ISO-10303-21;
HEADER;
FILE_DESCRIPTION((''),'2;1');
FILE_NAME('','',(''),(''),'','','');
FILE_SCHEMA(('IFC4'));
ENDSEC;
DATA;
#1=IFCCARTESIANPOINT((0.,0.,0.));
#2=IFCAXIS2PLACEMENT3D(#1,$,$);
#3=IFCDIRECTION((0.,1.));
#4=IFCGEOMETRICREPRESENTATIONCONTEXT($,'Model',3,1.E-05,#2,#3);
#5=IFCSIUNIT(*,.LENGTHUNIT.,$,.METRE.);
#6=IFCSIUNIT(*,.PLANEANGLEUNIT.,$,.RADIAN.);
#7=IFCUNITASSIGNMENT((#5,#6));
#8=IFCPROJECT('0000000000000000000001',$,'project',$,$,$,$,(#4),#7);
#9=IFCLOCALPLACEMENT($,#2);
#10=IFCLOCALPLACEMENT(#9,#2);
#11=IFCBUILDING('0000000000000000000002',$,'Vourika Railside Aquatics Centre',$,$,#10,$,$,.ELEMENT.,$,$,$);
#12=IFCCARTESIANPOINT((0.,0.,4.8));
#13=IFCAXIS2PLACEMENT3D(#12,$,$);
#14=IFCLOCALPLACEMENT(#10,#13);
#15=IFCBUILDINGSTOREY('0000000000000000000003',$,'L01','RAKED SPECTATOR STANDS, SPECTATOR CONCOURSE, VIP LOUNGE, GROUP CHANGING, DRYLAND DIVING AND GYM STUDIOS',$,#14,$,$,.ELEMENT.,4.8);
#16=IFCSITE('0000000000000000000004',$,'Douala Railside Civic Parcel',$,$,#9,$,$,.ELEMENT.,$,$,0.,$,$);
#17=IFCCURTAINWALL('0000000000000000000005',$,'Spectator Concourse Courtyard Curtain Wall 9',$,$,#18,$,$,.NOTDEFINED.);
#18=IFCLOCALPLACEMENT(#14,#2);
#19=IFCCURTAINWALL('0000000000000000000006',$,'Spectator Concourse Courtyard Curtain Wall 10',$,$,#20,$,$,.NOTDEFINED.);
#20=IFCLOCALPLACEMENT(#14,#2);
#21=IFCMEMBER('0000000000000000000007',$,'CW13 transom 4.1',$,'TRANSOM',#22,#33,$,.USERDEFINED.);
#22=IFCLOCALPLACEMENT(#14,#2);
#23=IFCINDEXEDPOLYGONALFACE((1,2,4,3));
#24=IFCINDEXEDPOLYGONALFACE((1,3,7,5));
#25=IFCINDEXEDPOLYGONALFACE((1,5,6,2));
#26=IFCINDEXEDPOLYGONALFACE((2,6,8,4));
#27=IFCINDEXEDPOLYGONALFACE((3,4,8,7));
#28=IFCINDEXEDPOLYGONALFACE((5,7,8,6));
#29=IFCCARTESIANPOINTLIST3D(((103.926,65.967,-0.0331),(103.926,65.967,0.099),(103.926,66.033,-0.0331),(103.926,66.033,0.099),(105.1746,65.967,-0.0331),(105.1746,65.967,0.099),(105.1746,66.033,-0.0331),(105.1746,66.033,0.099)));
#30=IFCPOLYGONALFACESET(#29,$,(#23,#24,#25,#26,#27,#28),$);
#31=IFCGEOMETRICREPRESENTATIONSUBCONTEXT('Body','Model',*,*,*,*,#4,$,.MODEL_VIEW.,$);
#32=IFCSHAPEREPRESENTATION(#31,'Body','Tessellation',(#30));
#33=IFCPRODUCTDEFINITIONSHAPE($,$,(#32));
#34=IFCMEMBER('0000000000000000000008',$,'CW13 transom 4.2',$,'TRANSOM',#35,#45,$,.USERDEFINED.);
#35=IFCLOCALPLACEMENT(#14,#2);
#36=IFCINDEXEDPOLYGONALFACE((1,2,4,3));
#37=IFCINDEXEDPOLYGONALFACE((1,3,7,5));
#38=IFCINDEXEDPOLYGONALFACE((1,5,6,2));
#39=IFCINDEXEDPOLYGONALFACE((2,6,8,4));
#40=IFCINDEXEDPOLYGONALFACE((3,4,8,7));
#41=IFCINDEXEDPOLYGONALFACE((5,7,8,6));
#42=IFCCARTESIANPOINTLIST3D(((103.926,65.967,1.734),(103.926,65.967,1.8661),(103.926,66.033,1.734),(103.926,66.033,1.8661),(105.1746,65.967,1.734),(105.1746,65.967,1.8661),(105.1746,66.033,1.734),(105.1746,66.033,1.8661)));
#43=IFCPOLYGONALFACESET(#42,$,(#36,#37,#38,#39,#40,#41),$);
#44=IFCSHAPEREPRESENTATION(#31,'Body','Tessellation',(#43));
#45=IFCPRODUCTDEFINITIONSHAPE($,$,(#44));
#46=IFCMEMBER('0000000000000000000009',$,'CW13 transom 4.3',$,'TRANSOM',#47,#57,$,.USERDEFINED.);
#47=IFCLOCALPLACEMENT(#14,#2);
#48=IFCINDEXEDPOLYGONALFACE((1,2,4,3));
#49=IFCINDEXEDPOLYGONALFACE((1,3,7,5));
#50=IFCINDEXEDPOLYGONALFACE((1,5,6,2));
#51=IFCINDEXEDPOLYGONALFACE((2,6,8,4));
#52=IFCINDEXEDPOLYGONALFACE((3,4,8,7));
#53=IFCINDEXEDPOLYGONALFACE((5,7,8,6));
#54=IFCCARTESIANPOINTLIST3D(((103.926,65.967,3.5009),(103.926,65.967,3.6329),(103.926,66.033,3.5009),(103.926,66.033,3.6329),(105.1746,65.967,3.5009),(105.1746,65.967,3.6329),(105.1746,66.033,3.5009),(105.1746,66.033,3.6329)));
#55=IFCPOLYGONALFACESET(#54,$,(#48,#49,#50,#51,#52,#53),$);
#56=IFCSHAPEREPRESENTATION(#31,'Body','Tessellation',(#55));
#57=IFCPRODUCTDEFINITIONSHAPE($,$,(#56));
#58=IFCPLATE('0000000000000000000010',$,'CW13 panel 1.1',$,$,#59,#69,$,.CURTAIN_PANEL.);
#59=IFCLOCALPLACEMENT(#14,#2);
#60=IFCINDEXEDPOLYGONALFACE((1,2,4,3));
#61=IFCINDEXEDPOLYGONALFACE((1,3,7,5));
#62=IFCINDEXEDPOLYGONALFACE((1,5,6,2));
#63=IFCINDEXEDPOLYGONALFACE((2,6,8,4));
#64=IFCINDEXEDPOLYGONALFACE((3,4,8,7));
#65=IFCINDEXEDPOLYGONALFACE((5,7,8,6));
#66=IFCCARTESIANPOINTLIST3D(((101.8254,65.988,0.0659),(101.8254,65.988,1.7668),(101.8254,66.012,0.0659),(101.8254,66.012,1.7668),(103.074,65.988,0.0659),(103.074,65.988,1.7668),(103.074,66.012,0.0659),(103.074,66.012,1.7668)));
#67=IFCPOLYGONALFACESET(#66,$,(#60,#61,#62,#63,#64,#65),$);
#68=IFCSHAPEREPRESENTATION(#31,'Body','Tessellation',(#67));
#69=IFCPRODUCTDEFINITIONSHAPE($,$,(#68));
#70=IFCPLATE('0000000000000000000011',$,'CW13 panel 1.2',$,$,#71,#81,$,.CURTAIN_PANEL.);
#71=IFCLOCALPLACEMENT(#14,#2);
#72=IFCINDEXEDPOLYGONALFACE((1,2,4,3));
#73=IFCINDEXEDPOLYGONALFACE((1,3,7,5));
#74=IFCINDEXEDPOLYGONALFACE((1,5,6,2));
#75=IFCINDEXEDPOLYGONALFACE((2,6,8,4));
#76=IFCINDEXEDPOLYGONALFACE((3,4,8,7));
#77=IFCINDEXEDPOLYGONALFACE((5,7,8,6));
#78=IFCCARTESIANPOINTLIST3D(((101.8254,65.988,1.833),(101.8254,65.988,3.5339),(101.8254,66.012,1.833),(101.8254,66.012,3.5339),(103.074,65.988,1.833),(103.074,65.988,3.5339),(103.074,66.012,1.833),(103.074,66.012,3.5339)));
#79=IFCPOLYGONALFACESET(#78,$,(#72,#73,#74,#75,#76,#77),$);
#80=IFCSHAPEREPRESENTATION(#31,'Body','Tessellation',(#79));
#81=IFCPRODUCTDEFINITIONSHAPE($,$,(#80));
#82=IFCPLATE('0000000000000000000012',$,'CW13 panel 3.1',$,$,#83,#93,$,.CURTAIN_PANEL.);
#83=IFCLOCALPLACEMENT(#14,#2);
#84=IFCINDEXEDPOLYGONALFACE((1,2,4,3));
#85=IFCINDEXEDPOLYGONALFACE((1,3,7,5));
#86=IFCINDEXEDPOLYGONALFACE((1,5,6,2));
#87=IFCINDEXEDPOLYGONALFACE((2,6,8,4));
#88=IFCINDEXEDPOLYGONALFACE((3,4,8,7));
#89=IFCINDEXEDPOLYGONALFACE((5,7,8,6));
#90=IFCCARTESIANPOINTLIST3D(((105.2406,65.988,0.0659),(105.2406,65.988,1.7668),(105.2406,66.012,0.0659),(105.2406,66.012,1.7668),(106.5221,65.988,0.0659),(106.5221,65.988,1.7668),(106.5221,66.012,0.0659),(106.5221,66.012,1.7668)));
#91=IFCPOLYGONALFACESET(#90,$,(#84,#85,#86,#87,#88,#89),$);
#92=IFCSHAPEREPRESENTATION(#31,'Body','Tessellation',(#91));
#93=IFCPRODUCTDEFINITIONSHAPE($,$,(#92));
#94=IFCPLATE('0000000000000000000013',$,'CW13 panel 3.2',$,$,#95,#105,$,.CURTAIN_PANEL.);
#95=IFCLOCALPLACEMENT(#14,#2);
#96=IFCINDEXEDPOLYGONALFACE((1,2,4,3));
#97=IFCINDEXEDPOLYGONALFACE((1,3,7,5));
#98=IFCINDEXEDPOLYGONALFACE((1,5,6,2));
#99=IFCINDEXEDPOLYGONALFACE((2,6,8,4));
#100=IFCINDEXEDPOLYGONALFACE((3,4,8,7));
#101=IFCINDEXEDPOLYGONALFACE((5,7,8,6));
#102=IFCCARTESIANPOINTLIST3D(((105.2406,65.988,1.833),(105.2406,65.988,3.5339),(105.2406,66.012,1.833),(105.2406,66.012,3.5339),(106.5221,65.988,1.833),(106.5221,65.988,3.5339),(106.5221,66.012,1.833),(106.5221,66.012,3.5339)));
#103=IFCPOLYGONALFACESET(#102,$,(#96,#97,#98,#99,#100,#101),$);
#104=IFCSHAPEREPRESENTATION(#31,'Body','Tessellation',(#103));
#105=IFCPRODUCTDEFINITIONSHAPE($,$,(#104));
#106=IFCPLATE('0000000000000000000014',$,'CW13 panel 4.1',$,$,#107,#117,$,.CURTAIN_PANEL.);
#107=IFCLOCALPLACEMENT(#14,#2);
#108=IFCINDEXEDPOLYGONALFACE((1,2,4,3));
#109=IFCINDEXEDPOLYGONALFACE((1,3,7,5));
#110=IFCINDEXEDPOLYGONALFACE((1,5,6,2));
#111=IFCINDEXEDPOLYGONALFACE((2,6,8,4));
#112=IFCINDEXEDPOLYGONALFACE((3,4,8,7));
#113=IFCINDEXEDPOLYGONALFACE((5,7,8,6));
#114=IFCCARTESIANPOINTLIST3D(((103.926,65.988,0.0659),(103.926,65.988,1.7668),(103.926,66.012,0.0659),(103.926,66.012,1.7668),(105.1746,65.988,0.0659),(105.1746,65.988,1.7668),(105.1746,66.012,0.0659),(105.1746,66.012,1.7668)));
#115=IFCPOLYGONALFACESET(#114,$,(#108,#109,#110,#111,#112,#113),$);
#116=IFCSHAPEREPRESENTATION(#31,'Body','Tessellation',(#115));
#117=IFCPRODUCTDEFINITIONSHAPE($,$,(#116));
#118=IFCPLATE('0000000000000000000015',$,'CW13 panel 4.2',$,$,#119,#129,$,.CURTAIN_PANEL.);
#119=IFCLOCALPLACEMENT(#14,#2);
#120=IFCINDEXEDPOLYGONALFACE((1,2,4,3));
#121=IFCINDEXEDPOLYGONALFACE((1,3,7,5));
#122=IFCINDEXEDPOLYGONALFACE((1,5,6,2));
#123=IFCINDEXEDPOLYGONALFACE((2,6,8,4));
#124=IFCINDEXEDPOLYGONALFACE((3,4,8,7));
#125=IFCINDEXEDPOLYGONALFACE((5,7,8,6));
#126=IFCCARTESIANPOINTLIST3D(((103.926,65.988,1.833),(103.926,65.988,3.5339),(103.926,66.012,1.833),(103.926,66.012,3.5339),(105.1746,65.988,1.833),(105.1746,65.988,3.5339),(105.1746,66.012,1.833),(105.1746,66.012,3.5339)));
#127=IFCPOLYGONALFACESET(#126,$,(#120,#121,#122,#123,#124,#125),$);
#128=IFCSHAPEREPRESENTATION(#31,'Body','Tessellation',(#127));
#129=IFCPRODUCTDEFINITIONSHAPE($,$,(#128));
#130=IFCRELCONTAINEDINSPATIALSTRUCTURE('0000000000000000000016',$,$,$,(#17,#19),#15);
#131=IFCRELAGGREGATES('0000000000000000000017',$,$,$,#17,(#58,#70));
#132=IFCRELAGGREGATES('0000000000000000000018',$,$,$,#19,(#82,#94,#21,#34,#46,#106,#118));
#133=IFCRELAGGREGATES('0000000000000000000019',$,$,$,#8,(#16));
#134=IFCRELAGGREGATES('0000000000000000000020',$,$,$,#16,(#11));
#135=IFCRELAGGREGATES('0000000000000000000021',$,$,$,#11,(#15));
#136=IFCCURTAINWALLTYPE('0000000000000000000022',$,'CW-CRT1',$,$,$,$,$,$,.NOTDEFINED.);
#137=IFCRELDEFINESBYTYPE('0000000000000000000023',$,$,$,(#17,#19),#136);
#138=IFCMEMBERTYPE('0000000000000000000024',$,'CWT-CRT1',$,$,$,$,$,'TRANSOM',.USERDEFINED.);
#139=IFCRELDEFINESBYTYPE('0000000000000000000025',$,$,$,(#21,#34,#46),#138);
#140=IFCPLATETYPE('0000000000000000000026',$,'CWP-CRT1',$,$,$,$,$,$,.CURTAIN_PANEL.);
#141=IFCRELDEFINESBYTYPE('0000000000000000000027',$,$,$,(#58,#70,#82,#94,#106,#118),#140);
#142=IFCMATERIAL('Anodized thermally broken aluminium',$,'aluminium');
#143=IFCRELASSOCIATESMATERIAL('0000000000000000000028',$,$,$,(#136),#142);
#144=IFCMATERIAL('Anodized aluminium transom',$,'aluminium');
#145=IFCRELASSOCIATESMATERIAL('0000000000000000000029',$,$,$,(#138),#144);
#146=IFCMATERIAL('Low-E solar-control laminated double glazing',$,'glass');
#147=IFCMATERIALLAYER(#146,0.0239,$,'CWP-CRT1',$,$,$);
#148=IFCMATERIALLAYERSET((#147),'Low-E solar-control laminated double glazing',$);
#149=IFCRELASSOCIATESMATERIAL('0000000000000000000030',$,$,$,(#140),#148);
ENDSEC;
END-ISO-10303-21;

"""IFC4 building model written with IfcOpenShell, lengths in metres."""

from ifc_helpers import new_model, si_unit, direction, frame, origin, origin_2d, place, context, subcontext, project, spatial, rectangle, extrude, material, layer, layer_set, material_profile, profile_set, type_object, element, aggregate, save


model = new_model("IFC4")

# Units and contexts
model_context = context("Model", 3, precision=1e-05, world=origin(), true_north=direction((0.0, 1.0)))
body_context = subcontext(model_context, "Body", "Model", "MODEL_VIEW")
ifc_project = project(units=[si_unit("LENGTHUNIT", "METRE"), si_unit("PLANEANGLEUNIT", "RADIAN")], contexts=[model_context])

# Site, building, storey
site_placement = place(None, origin())
site = spatial("IfcSite", under=ifc_project, at=site_placement, Name="Douala Railside Civic Parcel", CompositionType="ELEMENT", RefElevation=0.0)
building_placement = place(site_placement, origin())
building = spatial("IfcBuilding", under=site, at=building_placement, Name="Vourika Railside Aquatics Centre", CompositionType="ELEMENT")
storey_placement = place(building_placement, frame((0.0, 0.0, 4.8)))
storey = spatial("IfcBuildingStorey", under=building, at=storey_placement, Name="L01", Description="RAKED SPECTATOR STANDS, SPECTATOR CONCOURSE, VIP LOUNGE, GROUP CHANGING, DRYLAND DIVING AND GYM STUDIOS", CompositionType="ELEMENT", Elevation=4.8)

# Curtain walls
ifc_material_1 = material(Name="Anodized thermally broken aluminium", Category="aluminium")
curtain_wall_type = type_object("IfcCurtainWallType", Name="CW-CRT1", PredefinedType="NOTDEFINED", material=ifc_material_1)
curtain_wall_1_placement = place(storey_placement, origin())
curtain_wall_1 = element("IfcCurtainWall", 1, at=curtain_wall_1_placement, inside=storey, type_object=curtain_wall_type, Name="Spectator Concourse Courtyard Curtain Wall 9", PredefinedType="NOTDEFINED")
curtain_wall_2_placement = place(storey_placement, origin())
curtain_wall_2 = element("IfcCurtainWall", 2, at=curtain_wall_2_placement, inside=storey, type_object=curtain_wall_type, Name="Spectator Concourse Courtyard Curtain Wall 10", PredefinedType="NOTDEFINED")

# Members
ifc_material_2 = material(Name="Anodized aluminium transom", Category="aluminium")
ifc_material_profile_1 = material_profile(ifc_material_2, rectangle(XDim=0.0659, YDim=0.1321, at=origin_2d()), Name="ALU-T 66x132")
ifc_profile_set_1 = profile_set([ifc_material_profile_1], Name="Anodized aluminium transom")
member_type_1 = type_object("IfcMemberType", Name="CWT-CRT1", ElementType="TRANSOM", PredefinedType="USERDEFINED", material=ifc_profile_set_1)
member_1_placement = place(storey_placement, frame((105.1746, 66.0, 0.033), z_axis=(-1.0, 0.0, 0.0), x_axis=(0.0, -1.0, 0.0)))
member_1 = element("IfcMember", 3, at=member_1_placement, type_object=member_type_1, Name="CW13 transom 4.1", ObjectType="TRANSOM", PredefinedType="USERDEFINED", context=body_context, shape_type="SweptSolid", body=[
    extrude(rectangle(XDim=0.0659, YDim=0.1321, at=origin_2d()), origin(), (0.0, 0.0, 1.0), 1.2485),
])
member_2_placement = place(storey_placement, frame((105.1746, 66.0, 1.8), z_axis=(-1.0, 0.0, 0.0), x_axis=(0.0, -1.0, 0.0)))
member_2 = element("IfcMember", 4, at=member_2_placement, type_object=member_type_1, Name="CW13 transom 4.2", ObjectType="TRANSOM", PredefinedType="USERDEFINED", context=body_context, shape_type="SweptSolid", body=[
    extrude(rectangle(XDim=0.0659, YDim=0.1321, at=origin_2d()), origin(), (0.0, 0.0, 1.0), 1.2485),
])
member_3_placement = place(storey_placement, frame((105.1746, 66.0, 3.5669), z_axis=(-1.0, 0.0, 0.0), x_axis=(0.0, -1.0, 0.0)))
member_3 = element("IfcMember", 5, at=member_3_placement, type_object=member_type_1, Name="CW13 transom 4.3", ObjectType="TRANSOM", PredefinedType="USERDEFINED", context=body_context, shape_type="SweptSolid", body=[
    extrude(rectangle(XDim=0.0659, YDim=0.1321, at=origin_2d()), origin(), (0.0, 0.0, 1.0), 1.2485),
])

# Plates
ifc_material_3 = material(Name="Low-E solar-control laminated double glazing", Category="glass")
ifc_layer = layer(ifc_material_3, 0.0239, Name="CWP-CRT1")
ifc_layer_set = layer_set([ifc_layer], Name="Low-E solar-control laminated double glazing")
plate_type = type_object("IfcPlateType", Name="CWP-CRT1", PredefinedType="CURTAIN_PANEL", material=ifc_layer_set)
plate_1_placement = place(storey_placement, frame((102.4497, 66.0, 0.0659), z_axis=(0.0, 0.0, 1.0), x_axis=(-1.0, 0.0, 0.0)))
plate_1 = element("IfcPlate", 6, at=plate_1_placement, type_object=plate_type, Name="CW13 panel 1.1", PredefinedType="CURTAIN_PANEL", context=body_context, shape_type="SweptSolid", body=[
    extrude(rectangle(XDim=1.2485, YDim=0.0239, at=origin_2d()), origin(), (0.0, 0.0, 1.0), 1.7009),
])
plate_2_placement = place(storey_placement, frame((102.4497, 66.0, 1.833), z_axis=(0.0, 0.0, 1.0), x_axis=(-1.0, 0.0, 0.0)))
plate_2 = element("IfcPlate", 7, at=plate_2_placement, type_object=plate_type, Name="CW13 panel 1.2", PredefinedType="CURTAIN_PANEL", context=body_context, shape_type="SweptSolid", body=[
    extrude(rectangle(XDim=1.2485, YDim=0.0239, at=origin_2d()), origin(), (0.0, 0.0, 1.0), 1.7009),
])
aggregate(curtain_wall_1, [plate_1, plate_2])
plate_3_placement = place(storey_placement, frame((105.8813, 66.0, 0.0659), z_axis=(0.0, 0.0, 1.0), x_axis=(-1.0, 0.0, 0.0)))
plate_3 = element("IfcPlate", 8, at=plate_3_placement, type_object=plate_type, Name="CW13 panel 3.1", PredefinedType="CURTAIN_PANEL", context=body_context, shape_type="SweptSolid", body=[
    extrude(rectangle(XDim=1.2815, YDim=0.0239, at=origin_2d()), origin(), (0.0, 0.0, 1.0), 1.7009),
])
plate_4_placement = place(storey_placement, frame((105.8813, 66.0, 1.833), z_axis=(0.0, 0.0, 1.0), x_axis=(-1.0, 0.0, 0.0)))
plate_4 = element("IfcPlate", 9, at=plate_4_placement, type_object=plate_type, Name="CW13 panel 3.2", PredefinedType="CURTAIN_PANEL", context=body_context, shape_type="SweptSolid", body=[
    extrude(rectangle(XDim=1.2815, YDim=0.0239, at=origin_2d()), origin(), (0.0, 0.0, 1.0), 1.7009),
])
plate_5_placement = place(storey_placement, frame((104.5503, 66.0, 0.0659), z_axis=(0.0, 0.0, 1.0), x_axis=(-1.0, 0.0, 0.0)))
plate_5 = element("IfcPlate", 10, at=plate_5_placement, type_object=plate_type, Name="CW13 panel 4.1", PredefinedType="CURTAIN_PANEL", context=body_context, shape_type="SweptSolid", body=[
    extrude(rectangle(XDim=1.2485, YDim=0.0239, at=origin_2d()), origin(), (0.0, 0.0, 1.0), 1.7009),
])
plate_6_placement = place(storey_placement, frame((104.5503, 66.0, 1.833), z_axis=(0.0, 0.0, 1.0), x_axis=(-1.0, 0.0, 0.0)))
plate_6 = element("IfcPlate", 11, at=plate_6_placement, type_object=plate_type, Name="CW13 panel 4.2", PredefinedType="CURTAIN_PANEL", context=body_context, shape_type="SweptSolid", body=[
    extrude(rectangle(XDim=1.2485, YDim=0.0239, at=origin_2d()), origin(), (0.0, 0.0, 1.0), 1.7009),
])
aggregate(curtain_wall_2, [plate_3, plate_4, member_1, member_2, member_3, plate_5, plate_6])

save(model, "model.ifc")
